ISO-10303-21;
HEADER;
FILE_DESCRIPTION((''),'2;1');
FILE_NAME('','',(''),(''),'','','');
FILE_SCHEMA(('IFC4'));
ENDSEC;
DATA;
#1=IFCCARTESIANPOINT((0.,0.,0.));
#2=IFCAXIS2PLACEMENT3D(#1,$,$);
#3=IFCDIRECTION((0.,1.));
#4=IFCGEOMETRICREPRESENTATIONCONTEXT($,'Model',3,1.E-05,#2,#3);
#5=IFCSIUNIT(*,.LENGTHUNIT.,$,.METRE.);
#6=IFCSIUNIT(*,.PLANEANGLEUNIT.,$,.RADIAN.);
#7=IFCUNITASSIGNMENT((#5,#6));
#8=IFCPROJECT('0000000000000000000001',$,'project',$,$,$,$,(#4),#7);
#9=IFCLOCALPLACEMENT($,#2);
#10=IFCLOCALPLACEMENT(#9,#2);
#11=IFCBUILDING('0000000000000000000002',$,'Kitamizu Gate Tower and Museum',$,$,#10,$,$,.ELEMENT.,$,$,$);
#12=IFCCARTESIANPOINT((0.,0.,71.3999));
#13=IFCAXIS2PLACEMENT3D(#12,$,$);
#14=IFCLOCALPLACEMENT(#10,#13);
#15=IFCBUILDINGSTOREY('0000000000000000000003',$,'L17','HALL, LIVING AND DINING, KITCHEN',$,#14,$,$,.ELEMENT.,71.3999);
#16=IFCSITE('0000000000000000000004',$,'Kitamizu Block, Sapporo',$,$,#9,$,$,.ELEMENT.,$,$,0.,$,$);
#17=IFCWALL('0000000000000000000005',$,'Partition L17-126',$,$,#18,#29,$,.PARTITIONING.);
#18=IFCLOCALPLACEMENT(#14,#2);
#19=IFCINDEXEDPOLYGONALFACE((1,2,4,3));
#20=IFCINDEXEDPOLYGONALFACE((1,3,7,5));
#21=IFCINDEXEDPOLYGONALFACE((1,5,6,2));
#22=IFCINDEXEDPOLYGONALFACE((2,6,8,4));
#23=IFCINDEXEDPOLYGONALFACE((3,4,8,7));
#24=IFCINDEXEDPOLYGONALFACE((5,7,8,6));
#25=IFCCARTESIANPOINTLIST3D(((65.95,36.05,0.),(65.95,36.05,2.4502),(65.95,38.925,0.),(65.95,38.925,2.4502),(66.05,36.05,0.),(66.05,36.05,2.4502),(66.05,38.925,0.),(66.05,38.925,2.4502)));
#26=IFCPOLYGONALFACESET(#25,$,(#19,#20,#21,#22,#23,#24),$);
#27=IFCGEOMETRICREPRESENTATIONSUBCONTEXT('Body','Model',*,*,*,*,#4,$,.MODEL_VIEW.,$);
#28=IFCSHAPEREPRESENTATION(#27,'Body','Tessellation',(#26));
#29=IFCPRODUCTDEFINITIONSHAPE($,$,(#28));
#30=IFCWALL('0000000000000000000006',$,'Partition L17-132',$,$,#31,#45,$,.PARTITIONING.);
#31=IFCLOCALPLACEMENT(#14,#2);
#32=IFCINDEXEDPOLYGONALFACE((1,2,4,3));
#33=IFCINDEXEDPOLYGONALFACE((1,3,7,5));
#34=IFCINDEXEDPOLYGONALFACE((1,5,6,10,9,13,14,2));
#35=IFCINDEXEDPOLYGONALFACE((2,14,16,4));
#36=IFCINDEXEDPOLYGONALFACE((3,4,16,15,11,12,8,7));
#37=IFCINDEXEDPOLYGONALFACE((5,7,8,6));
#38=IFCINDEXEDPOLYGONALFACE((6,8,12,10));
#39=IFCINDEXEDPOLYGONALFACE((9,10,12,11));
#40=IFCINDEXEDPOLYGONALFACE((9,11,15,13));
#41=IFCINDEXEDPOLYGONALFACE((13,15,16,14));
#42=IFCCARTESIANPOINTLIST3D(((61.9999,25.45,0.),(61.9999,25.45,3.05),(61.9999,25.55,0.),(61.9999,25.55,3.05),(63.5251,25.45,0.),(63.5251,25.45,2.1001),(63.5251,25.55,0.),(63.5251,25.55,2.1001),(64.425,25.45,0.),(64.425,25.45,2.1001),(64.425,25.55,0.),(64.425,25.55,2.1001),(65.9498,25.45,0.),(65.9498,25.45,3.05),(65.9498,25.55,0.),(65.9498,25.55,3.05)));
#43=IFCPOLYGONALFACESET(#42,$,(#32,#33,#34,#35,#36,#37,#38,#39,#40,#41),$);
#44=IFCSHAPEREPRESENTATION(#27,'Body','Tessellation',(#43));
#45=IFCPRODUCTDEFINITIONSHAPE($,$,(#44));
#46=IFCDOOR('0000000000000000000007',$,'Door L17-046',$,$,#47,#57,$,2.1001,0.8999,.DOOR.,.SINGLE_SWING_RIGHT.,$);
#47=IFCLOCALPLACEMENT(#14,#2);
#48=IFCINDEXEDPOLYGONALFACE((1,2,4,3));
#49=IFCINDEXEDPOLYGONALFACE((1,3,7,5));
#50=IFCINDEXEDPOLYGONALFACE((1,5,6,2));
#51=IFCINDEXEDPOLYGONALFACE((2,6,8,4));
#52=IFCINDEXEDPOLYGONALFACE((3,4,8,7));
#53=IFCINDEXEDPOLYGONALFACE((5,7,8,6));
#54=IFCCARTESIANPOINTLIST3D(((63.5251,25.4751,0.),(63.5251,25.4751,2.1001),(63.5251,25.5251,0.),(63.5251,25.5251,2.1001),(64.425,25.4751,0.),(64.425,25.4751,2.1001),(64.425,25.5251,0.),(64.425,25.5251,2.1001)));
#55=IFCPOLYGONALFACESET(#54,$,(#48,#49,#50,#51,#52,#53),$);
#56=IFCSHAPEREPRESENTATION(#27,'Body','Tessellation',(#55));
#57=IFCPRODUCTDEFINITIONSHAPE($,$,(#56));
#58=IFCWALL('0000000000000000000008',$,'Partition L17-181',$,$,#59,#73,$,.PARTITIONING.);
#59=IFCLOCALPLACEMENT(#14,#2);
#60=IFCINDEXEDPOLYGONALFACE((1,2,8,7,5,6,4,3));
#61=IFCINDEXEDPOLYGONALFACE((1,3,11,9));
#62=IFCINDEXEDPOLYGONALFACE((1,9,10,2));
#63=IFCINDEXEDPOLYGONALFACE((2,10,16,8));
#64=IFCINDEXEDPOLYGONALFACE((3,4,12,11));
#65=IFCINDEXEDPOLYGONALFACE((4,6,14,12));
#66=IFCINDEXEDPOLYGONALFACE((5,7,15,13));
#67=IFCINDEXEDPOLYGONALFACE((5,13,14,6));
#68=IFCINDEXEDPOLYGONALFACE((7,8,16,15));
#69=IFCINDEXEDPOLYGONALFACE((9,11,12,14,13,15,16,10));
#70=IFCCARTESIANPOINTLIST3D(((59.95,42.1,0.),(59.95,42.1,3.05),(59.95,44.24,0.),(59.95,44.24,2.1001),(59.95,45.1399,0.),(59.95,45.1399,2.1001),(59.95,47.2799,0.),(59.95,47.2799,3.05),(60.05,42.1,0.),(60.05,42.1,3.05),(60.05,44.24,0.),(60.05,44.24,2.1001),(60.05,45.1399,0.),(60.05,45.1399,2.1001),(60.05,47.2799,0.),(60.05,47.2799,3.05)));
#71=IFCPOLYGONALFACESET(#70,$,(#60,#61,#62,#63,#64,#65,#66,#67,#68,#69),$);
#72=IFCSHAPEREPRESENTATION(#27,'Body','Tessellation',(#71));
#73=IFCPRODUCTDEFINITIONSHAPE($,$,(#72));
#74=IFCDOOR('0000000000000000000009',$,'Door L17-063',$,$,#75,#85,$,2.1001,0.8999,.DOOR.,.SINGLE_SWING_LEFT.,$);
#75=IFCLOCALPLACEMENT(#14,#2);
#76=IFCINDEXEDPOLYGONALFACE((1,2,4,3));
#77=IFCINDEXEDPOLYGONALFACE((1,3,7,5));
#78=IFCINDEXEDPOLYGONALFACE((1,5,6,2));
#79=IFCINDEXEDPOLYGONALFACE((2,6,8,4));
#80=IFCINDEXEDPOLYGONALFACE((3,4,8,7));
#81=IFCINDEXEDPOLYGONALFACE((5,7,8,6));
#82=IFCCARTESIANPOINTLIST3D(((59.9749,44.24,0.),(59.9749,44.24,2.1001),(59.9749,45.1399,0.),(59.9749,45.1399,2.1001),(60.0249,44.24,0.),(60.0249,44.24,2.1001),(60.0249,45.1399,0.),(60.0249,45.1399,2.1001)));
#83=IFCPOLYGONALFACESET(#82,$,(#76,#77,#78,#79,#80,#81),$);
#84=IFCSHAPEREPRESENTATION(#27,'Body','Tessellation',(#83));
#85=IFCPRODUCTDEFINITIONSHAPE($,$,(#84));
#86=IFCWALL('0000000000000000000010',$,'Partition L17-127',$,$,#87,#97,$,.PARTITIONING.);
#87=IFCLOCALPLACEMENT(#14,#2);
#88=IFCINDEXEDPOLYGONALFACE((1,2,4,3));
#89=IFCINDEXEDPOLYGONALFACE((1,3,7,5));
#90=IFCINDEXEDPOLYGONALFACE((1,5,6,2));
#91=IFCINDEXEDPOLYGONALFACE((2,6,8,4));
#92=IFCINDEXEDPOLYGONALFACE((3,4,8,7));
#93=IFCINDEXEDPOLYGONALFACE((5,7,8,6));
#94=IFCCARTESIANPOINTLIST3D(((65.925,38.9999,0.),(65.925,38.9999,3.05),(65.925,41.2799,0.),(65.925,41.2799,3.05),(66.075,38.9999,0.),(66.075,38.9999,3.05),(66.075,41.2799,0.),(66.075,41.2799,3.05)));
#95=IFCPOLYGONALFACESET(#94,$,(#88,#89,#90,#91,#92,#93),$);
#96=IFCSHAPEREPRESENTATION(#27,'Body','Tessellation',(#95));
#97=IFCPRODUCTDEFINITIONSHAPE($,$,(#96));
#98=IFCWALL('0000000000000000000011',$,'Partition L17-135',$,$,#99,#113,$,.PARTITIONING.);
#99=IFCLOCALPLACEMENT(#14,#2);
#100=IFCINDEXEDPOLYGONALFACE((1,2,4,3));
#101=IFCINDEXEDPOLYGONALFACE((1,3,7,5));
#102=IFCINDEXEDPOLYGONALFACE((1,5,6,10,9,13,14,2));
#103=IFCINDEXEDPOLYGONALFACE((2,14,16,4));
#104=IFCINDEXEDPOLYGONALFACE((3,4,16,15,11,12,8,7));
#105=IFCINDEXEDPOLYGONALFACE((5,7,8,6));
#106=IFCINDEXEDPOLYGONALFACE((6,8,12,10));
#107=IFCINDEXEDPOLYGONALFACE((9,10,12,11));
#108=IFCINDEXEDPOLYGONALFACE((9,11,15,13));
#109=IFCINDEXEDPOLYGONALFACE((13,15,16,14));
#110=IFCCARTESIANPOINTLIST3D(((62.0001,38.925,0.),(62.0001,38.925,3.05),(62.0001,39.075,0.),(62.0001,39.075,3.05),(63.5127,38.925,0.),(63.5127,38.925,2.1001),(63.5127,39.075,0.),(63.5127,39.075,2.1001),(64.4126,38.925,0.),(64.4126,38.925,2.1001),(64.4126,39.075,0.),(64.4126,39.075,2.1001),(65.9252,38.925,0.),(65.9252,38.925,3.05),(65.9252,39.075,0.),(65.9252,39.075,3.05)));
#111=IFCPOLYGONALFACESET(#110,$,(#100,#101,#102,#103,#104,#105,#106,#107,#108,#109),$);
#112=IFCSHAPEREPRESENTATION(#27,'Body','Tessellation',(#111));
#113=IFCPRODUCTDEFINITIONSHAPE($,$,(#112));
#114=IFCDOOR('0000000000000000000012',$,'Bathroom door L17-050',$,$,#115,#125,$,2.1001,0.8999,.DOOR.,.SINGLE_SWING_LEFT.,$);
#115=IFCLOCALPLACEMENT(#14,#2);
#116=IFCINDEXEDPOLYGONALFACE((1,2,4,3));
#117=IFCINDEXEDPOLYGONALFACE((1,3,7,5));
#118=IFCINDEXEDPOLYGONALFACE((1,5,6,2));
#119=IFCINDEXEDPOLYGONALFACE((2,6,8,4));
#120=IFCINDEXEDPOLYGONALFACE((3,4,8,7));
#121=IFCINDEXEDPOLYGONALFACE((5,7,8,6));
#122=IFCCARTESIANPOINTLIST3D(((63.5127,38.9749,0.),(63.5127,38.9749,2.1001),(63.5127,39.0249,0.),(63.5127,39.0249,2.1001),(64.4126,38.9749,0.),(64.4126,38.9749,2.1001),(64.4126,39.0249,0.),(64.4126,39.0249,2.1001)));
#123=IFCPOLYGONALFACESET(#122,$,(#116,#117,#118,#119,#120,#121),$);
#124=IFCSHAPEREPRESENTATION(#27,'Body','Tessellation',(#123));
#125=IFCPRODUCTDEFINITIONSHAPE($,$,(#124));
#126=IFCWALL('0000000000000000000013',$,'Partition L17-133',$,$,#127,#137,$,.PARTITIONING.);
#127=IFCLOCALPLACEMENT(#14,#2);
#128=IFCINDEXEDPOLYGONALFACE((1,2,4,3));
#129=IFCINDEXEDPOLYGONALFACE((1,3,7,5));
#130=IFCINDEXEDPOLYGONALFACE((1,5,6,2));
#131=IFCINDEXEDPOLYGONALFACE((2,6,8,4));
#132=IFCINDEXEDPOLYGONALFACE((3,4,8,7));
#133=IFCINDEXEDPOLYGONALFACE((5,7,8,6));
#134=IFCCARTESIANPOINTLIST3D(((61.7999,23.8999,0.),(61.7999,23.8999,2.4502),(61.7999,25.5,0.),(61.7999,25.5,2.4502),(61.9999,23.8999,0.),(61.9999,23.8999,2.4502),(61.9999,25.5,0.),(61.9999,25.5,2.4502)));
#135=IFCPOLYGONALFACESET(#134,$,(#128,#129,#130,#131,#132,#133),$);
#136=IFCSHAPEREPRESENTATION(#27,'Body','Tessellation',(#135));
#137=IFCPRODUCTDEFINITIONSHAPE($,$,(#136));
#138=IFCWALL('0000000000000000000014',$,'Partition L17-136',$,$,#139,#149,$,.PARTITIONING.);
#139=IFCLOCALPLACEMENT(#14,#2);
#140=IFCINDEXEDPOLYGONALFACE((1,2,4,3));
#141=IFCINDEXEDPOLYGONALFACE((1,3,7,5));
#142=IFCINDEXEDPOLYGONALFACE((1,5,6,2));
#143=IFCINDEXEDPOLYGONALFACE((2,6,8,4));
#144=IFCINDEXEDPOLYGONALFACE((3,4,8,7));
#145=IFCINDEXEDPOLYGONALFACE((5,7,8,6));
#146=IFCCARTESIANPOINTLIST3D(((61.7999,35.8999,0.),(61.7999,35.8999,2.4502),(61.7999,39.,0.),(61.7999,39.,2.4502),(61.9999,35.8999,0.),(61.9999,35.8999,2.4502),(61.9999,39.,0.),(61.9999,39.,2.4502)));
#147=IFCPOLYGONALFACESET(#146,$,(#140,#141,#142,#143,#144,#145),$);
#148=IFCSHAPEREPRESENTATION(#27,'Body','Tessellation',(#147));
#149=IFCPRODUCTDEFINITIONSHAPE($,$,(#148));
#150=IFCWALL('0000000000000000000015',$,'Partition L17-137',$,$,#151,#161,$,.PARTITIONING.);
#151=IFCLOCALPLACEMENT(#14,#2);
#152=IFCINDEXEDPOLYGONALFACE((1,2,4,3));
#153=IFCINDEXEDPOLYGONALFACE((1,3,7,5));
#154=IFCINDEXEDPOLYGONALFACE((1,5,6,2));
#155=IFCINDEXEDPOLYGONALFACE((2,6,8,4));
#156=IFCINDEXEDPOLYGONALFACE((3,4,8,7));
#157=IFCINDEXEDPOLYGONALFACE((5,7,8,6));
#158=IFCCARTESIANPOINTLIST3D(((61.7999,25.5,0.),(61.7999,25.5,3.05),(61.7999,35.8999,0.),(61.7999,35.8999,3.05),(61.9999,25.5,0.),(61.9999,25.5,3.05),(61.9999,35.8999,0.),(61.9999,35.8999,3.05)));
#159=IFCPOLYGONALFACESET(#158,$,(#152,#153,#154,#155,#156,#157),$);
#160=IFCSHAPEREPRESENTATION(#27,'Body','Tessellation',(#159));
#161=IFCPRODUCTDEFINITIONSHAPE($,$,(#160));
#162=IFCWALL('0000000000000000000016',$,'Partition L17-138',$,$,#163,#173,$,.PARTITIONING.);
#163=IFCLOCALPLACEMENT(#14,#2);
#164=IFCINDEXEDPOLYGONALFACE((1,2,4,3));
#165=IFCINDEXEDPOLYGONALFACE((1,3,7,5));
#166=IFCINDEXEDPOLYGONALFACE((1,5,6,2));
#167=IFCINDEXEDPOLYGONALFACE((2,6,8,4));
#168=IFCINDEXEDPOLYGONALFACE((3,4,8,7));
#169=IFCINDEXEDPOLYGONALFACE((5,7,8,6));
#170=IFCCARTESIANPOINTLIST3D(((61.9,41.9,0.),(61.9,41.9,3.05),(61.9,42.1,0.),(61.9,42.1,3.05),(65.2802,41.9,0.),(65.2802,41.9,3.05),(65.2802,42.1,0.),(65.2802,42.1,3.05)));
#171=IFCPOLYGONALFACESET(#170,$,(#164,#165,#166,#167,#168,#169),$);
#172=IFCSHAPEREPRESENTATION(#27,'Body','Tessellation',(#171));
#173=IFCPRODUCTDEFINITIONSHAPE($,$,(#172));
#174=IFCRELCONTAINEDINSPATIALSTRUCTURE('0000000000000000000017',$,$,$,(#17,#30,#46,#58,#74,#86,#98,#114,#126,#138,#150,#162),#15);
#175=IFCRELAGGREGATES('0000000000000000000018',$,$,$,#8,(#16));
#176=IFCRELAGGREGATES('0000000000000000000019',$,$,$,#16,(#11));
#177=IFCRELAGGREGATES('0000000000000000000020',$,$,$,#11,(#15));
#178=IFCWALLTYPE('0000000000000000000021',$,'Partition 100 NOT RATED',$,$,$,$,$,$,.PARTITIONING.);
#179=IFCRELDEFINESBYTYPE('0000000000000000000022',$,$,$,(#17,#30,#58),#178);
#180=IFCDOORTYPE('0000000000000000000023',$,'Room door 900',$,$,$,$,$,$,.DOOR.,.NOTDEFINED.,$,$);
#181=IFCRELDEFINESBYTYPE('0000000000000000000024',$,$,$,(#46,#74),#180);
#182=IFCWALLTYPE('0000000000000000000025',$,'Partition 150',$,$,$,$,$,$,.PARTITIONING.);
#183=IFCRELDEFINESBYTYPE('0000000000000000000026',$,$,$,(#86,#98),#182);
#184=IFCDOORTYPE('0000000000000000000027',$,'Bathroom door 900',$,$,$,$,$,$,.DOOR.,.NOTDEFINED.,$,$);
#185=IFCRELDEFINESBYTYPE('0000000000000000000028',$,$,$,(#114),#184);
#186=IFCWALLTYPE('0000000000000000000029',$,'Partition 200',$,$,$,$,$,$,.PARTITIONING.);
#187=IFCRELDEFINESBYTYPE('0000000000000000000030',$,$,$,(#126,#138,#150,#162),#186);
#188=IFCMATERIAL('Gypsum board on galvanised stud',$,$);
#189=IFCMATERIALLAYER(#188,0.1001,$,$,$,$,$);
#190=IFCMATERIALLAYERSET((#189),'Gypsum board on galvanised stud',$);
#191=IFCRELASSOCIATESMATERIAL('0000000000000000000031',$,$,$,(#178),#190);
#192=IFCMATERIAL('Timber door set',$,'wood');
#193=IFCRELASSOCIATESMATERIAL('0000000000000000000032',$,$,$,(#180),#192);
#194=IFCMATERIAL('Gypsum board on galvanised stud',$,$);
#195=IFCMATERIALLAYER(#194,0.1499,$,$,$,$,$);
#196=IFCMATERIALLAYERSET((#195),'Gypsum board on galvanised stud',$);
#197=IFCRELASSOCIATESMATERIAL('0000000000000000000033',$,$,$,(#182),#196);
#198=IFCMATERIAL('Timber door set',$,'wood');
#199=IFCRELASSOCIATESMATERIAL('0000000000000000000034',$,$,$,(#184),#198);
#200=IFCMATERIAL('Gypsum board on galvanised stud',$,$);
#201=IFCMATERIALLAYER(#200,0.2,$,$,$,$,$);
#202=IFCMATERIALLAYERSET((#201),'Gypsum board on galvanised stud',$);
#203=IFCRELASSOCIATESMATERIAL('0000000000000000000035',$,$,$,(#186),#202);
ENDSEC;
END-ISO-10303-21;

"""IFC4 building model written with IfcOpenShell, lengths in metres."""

from ifc_helpers import new_model, si_unit, direction, frame, frame_2d, origin, place, context, subcontext, project, spatial, rectangle, extrude, material, layer, layer_set, type_object, element, fill, save


model = new_model("IFC4")

# Units and contexts
model_context = context("Model", 3, precision=1e-05, world=origin(), true_north=direction((0.0, 1.0)))
body_context = subcontext(model_context, "Body", "Model", "MODEL_VIEW")
ifc_project = project(units=[si_unit("LENGTHUNIT", "METRE"), si_unit("PLANEANGLEUNIT", "RADIAN")], contexts=[model_context])

# Site, building, storey
site_placement = place(None, origin())
site = spatial("IfcSite", under=ifc_project, at=site_placement, Name="Kitamizu Block, Sapporo", CompositionType="ELEMENT", RefElevation=0.0)
building_placement = place(site_placement, origin())
building = spatial("IfcBuilding", under=site, at=building_placement, Name="Kitamizu Gate Tower and Museum", CompositionType="ELEMENT")
storey_placement = place(building_placement, frame((0.0, 0.0, 71.3999)))
storey = spatial("IfcBuildingStorey", under=building, at=storey_placement, Name="L17", Description="HALL, LIVING AND DINING, KITCHEN", CompositionType="ELEMENT", Elevation=71.3999)

# Shared definitions
ifc_material_1 = material(Name="Gypsum board on galvanised stud")
ifc_layer_1 = layer(ifc_material_1, 0.1001)
ifc_layer_set_1 = layer_set([ifc_layer_1], Name="Gypsum board on galvanised stud")
wall_type_1 = type_object("IfcWallType", Name="Partition 100 NOT RATED", PredefinedType="PARTITIONING", material=ifc_layer_set_1)
ifc_material_2 = material(Name="Timber door set", Category="wood")
door_type_1 = type_object("IfcDoorType", Name="Room door 900", OperationType="NOTDEFINED", PredefinedType="DOOR", material=ifc_material_2)

# Wall
wall_1_placement = place(storey_placement, frame((66.0, 38.925, 0.0), z_axis=(0.0, 0.0, 1.0), x_axis=(0.0, -1.0, 0.0)))
element("IfcWall", 1, at=wall_1_placement, inside=storey, type_object=wall_type_1, Name="Partition L17-126", PredefinedType="PARTITIONING", context=body_context, shape_type="SweptSolid", body=[
    extrude(rectangle(XDim=2.875, YDim=0.1001, at=frame_2d((1.4375, 0.0))), origin(), (0.0, 0.0, 1.0), 2.4502),
])

# Walls, openings, doors
wall_2_placement = place(storey_placement, frame((65.95, 25.5, 0.0), z_axis=(0.0, 0.0, 1.0), x_axis=(-1.0, 0.0, 0.0)))
wall_2 = element("IfcWall", 2, at=wall_2_placement, inside=storey, type_object=wall_type_1, Name="Partition L17-132", PredefinedType="PARTITIONING", context=body_context, shape_type="SweptSolid", body=[
    extrude(rectangle(XDim=3.95, YDim=0.1001, at=frame_2d((1.9751, 0.0))), origin(), (0.0, 0.0, 1.0), 3.05),
])
opening_1_placement = place(wall_2_placement, frame((1.5249, 0.0, 0.0)))
opening_1 = element("IfcOpeningElement", 3, at=opening_1_placement, cuts=wall_2, PredefinedType="OPENING", context=body_context, shape_type="SweptSolid", body=[
    extrude(rectangle(XDim=0.8999, YDim=2.1001, at=frame_2d((0.45, 1.05))), frame((0.0, 0.0601, 0.0), z_axis=(0.0, -1.0, 0.0), x_axis=(1.0, 0.0, 0.0)), (0.0, 0.0, 1.0), 0.1201),
])
door_1_placement = place(opening_1_placement, origin())
door_1 = element("IfcDoor", 4, at=door_1_placement, inside=storey, type_object=door_type_1, Name="Door L17-046", OperationType="SINGLE_SWING_RIGHT", OverallHeight=2.1001, OverallWidth=0.8999, PredefinedType="DOOR", context=body_context, shape_type="SweptSolid", body=[
    extrude(rectangle(XDim=0.8999, YDim=2.1001, at=frame_2d((0.45, 1.05))), frame((0.0, 0.0249, 0.0), z_axis=(0.0, -1.0, 0.0), x_axis=(1.0, 0.0, 0.0)), (0.0, 0.0, 1.0), 0.05),
])
fill(opening_1, door_1)
wall_3_placement = place(storey_placement, frame((60.0, 42.1001, 0.0), z_axis=(0.0, 0.0, 1.0), x_axis=(0.0, 1.0, 0.0)))
wall_3 = element("IfcWall", 5, at=wall_3_placement, inside=storey, type_object=wall_type_1, Name="Partition L17-181", PredefinedType="PARTITIONING", context=body_context, shape_type="SweptSolid", body=[
    extrude(rectangle(XDim=5.1799, YDim=0.1001, at=frame_2d((2.5898, 0.0))), origin(), (0.0, 0.0, 1.0), 3.05),
])
opening_2_placement = place(wall_3_placement, frame((2.1399, 0.0, 0.0)))
opening_2 = element("IfcOpeningElement", 6, at=opening_2_placement, cuts=wall_3, PredefinedType="OPENING", context=body_context, shape_type="SweptSolid", body=[
    extrude(rectangle(XDim=0.8999, YDim=2.1001, at=frame_2d((0.45, 1.05))), frame((0.0, 0.0601, 0.0), z_axis=(0.0, -1.0, 0.0), x_axis=(1.0, 0.0, 0.0)), (0.0, 0.0, 1.0), 0.1201),
])
door_2_placement = place(opening_2_placement, frame((0.8999, 0.0, 0.0), x_axis=(-1.0, 0.0, 0.0)))
door_2 = element("IfcDoor", 7, at=door_2_placement, inside=storey, type_object=door_type_1, Name="Door L17-063", OperationType="SINGLE_SWING_LEFT", OverallHeight=2.1001, OverallWidth=0.8999, PredefinedType="DOOR", context=body_context, shape_type="SweptSolid", body=[
    extrude(rectangle(XDim=0.8999, YDim=2.1001, at=frame_2d((0.45, 1.05))), frame((0.0, 0.0249, 0.0), z_axis=(0.0, -1.0, 0.0), x_axis=(1.0, 0.0, 0.0)), (0.0, 0.0, 1.0), 0.05),
])
fill(opening_2, door_2)

# Wall
ifc_material_3 = material(Name="Gypsum board on galvanised stud")
ifc_layer_2 = layer(ifc_material_3, 0.1499)
ifc_layer_set_2 = layer_set([ifc_layer_2], Name="Gypsum board on galvanised stud")
wall_type_2 = type_object("IfcWallType", Name="Partition 150", PredefinedType="PARTITIONING", material=ifc_layer_set_2)
wall_4_placement = place(storey_placement, frame((66.0, 41.28, 0.0), z_axis=(0.0, 0.0, 1.0), x_axis=(0.0, -1.0, 0.0)))
element("IfcWall", 8, at=wall_4_placement, inside=storey, type_object=wall_type_2, Name="Partition L17-127", PredefinedType="PARTITIONING", context=body_context, shape_type="SweptSolid", body=[
    extrude(rectangle(XDim=2.28, YDim=0.1499, at=frame_2d((1.1401, 0.0))), origin(), (0.0, 0.0, 1.0), 3.05),
])

# Wall, opening, door
wall_5_placement = place(storey_placement, frame((65.925, 39.0, 0.0), z_axis=(0.0, 0.0, 1.0), x_axis=(-1.0, 0.0, 0.0)))
wall_5 = element("IfcWall", 9, at=wall_5_placement, inside=storey, type_object=wall_type_2, Name="Partition L17-135", PredefinedType="PARTITIONING", context=body_context, shape_type="SweptSolid", body=[
    extrude(rectangle(XDim=3.925, YDim=0.1499, at=frame_2d((1.9624, 0.0))), origin(), (0.0, 0.0, 1.0), 3.05),
])
opening_3_placement = place(wall_5_placement, frame((1.5125, 0.0, 0.0)))
opening_3 = element("IfcOpeningElement", 10, at=opening_3_placement, cuts=wall_5, PredefinedType="OPENING", context=body_context, shape_type="SweptSolid", body=[
    extrude(rectangle(XDim=0.8999, YDim=2.1001, at=frame_2d((0.45, 1.05))), frame((0.0, 0.085, 0.0), z_axis=(0.0, -1.0, 0.0), x_axis=(1.0, 0.0, 0.0)), (0.0, 0.0, 1.0), 0.1699),
])
ifc_material_4 = material(Name="Timber door set", Category="wood")
door_type_2 = type_object("IfcDoorType", Name="Bathroom door 900", OperationType="NOTDEFINED", PredefinedType="DOOR", material=ifc_material_4)
door_3_placement = place(opening_3_placement, frame((0.8999, 0.0, 0.0), x_axis=(-1.0, 0.0, 0.0)))
door_3 = element("IfcDoor", 11, at=door_3_placement, inside=storey, type_object=door_type_2, Name="Bathroom door L17-050", OperationType="SINGLE_SWING_LEFT", OverallHeight=2.1001, OverallWidth=0.8999, PredefinedType="DOOR", context=body_context, shape_type="SweptSolid", body=[
    extrude(rectangle(XDim=0.8999, YDim=2.1001, at=frame_2d((0.45, 1.05))), frame((0.0, 0.0249, 0.0), z_axis=(0.0, -1.0, 0.0), x_axis=(1.0, 0.0, 0.0)), (0.0, 0.0, 1.0), 0.05),
])
fill(opening_3, door_3)

# Walls
ifc_material_5 = material(Name="Gypsum board on galvanised stud")
ifc_layer_3 = layer(ifc_material_5, 0.2)
ifc_layer_set_3 = layer_set([ifc_layer_3], Name="Gypsum board on galvanised stud")
wall_type_3 = type_object("IfcWallType", Name="Partition 200", PredefinedType="PARTITIONING", material=ifc_layer_set_3)
wall_6_placement = place(storey_placement, frame((61.8999, 25.5, 0.0), z_axis=(0.0, 0.0, 1.0), x_axis=(0.0, -1.0, 0.0)))
element("IfcWall", 12, at=wall_6_placement, inside=storey, type_object=wall_type_3, Name="Partition L17-133", PredefinedType="PARTITIONING", context=body_context, shape_type="SweptSolid", body=[
    extrude(rectangle(XDim=1.6001, YDim=0.2, at=frame_2d((0.8, 0.0))), origin(), (0.0, 0.0, 1.0), 2.4502),
])
wall_7_placement = place(storey_placement, frame((61.8999, 39.0, 0.0), z_axis=(0.0, 0.0, 1.0), x_axis=(0.0, -1.0, 0.0)))
element("IfcWall", 13, at=wall_7_placement, inside=storey, type_object=wall_type_3, Name="Partition L17-136", PredefinedType="PARTITIONING", context=body_context, shape_type="SweptSolid", body=[
    extrude(rectangle(XDim=3.1001, YDim=0.2, at=frame_2d((1.55, 0.0))), origin(), (0.0, 0.0, 1.0), 2.4502),
])
wall_8_placement = place(storey_placement, frame((61.8999, 35.8999, 0.0), z_axis=(0.0, 0.0, 1.0), x_axis=(0.0, -1.0, 0.0)))
element("IfcWall", 14, at=wall_8_placement, inside=storey, type_object=wall_type_3, Name="Partition L17-137", PredefinedType="PARTITIONING", context=body_context, shape_type="SweptSolid", body=[
    extrude(rectangle(XDim=10.3999, YDim=0.2, at=frame_2d((5.2, 0.0))), origin(), (0.0, 0.0, 1.0), 3.05),
])
wall_9_placement = place(storey_placement, frame((65.28, 42.0, 0.0), z_axis=(0.0, 0.0, 1.0), x_axis=(-1.0, 0.0, 0.0)))
element("IfcWall", 15, at=wall_9_placement, inside=storey, type_object=wall_type_3, Name="Partition L17-138", PredefinedType="PARTITIONING", context=body_context, shape_type="SweptSolid", body=[
    extrude(rectangle(XDim=3.3801, YDim=0.2, at=frame_2d((1.6899, 0.0))), origin(), (0.0, 0.0, 1.0), 3.05),
])

save(model, "model.ifc")
